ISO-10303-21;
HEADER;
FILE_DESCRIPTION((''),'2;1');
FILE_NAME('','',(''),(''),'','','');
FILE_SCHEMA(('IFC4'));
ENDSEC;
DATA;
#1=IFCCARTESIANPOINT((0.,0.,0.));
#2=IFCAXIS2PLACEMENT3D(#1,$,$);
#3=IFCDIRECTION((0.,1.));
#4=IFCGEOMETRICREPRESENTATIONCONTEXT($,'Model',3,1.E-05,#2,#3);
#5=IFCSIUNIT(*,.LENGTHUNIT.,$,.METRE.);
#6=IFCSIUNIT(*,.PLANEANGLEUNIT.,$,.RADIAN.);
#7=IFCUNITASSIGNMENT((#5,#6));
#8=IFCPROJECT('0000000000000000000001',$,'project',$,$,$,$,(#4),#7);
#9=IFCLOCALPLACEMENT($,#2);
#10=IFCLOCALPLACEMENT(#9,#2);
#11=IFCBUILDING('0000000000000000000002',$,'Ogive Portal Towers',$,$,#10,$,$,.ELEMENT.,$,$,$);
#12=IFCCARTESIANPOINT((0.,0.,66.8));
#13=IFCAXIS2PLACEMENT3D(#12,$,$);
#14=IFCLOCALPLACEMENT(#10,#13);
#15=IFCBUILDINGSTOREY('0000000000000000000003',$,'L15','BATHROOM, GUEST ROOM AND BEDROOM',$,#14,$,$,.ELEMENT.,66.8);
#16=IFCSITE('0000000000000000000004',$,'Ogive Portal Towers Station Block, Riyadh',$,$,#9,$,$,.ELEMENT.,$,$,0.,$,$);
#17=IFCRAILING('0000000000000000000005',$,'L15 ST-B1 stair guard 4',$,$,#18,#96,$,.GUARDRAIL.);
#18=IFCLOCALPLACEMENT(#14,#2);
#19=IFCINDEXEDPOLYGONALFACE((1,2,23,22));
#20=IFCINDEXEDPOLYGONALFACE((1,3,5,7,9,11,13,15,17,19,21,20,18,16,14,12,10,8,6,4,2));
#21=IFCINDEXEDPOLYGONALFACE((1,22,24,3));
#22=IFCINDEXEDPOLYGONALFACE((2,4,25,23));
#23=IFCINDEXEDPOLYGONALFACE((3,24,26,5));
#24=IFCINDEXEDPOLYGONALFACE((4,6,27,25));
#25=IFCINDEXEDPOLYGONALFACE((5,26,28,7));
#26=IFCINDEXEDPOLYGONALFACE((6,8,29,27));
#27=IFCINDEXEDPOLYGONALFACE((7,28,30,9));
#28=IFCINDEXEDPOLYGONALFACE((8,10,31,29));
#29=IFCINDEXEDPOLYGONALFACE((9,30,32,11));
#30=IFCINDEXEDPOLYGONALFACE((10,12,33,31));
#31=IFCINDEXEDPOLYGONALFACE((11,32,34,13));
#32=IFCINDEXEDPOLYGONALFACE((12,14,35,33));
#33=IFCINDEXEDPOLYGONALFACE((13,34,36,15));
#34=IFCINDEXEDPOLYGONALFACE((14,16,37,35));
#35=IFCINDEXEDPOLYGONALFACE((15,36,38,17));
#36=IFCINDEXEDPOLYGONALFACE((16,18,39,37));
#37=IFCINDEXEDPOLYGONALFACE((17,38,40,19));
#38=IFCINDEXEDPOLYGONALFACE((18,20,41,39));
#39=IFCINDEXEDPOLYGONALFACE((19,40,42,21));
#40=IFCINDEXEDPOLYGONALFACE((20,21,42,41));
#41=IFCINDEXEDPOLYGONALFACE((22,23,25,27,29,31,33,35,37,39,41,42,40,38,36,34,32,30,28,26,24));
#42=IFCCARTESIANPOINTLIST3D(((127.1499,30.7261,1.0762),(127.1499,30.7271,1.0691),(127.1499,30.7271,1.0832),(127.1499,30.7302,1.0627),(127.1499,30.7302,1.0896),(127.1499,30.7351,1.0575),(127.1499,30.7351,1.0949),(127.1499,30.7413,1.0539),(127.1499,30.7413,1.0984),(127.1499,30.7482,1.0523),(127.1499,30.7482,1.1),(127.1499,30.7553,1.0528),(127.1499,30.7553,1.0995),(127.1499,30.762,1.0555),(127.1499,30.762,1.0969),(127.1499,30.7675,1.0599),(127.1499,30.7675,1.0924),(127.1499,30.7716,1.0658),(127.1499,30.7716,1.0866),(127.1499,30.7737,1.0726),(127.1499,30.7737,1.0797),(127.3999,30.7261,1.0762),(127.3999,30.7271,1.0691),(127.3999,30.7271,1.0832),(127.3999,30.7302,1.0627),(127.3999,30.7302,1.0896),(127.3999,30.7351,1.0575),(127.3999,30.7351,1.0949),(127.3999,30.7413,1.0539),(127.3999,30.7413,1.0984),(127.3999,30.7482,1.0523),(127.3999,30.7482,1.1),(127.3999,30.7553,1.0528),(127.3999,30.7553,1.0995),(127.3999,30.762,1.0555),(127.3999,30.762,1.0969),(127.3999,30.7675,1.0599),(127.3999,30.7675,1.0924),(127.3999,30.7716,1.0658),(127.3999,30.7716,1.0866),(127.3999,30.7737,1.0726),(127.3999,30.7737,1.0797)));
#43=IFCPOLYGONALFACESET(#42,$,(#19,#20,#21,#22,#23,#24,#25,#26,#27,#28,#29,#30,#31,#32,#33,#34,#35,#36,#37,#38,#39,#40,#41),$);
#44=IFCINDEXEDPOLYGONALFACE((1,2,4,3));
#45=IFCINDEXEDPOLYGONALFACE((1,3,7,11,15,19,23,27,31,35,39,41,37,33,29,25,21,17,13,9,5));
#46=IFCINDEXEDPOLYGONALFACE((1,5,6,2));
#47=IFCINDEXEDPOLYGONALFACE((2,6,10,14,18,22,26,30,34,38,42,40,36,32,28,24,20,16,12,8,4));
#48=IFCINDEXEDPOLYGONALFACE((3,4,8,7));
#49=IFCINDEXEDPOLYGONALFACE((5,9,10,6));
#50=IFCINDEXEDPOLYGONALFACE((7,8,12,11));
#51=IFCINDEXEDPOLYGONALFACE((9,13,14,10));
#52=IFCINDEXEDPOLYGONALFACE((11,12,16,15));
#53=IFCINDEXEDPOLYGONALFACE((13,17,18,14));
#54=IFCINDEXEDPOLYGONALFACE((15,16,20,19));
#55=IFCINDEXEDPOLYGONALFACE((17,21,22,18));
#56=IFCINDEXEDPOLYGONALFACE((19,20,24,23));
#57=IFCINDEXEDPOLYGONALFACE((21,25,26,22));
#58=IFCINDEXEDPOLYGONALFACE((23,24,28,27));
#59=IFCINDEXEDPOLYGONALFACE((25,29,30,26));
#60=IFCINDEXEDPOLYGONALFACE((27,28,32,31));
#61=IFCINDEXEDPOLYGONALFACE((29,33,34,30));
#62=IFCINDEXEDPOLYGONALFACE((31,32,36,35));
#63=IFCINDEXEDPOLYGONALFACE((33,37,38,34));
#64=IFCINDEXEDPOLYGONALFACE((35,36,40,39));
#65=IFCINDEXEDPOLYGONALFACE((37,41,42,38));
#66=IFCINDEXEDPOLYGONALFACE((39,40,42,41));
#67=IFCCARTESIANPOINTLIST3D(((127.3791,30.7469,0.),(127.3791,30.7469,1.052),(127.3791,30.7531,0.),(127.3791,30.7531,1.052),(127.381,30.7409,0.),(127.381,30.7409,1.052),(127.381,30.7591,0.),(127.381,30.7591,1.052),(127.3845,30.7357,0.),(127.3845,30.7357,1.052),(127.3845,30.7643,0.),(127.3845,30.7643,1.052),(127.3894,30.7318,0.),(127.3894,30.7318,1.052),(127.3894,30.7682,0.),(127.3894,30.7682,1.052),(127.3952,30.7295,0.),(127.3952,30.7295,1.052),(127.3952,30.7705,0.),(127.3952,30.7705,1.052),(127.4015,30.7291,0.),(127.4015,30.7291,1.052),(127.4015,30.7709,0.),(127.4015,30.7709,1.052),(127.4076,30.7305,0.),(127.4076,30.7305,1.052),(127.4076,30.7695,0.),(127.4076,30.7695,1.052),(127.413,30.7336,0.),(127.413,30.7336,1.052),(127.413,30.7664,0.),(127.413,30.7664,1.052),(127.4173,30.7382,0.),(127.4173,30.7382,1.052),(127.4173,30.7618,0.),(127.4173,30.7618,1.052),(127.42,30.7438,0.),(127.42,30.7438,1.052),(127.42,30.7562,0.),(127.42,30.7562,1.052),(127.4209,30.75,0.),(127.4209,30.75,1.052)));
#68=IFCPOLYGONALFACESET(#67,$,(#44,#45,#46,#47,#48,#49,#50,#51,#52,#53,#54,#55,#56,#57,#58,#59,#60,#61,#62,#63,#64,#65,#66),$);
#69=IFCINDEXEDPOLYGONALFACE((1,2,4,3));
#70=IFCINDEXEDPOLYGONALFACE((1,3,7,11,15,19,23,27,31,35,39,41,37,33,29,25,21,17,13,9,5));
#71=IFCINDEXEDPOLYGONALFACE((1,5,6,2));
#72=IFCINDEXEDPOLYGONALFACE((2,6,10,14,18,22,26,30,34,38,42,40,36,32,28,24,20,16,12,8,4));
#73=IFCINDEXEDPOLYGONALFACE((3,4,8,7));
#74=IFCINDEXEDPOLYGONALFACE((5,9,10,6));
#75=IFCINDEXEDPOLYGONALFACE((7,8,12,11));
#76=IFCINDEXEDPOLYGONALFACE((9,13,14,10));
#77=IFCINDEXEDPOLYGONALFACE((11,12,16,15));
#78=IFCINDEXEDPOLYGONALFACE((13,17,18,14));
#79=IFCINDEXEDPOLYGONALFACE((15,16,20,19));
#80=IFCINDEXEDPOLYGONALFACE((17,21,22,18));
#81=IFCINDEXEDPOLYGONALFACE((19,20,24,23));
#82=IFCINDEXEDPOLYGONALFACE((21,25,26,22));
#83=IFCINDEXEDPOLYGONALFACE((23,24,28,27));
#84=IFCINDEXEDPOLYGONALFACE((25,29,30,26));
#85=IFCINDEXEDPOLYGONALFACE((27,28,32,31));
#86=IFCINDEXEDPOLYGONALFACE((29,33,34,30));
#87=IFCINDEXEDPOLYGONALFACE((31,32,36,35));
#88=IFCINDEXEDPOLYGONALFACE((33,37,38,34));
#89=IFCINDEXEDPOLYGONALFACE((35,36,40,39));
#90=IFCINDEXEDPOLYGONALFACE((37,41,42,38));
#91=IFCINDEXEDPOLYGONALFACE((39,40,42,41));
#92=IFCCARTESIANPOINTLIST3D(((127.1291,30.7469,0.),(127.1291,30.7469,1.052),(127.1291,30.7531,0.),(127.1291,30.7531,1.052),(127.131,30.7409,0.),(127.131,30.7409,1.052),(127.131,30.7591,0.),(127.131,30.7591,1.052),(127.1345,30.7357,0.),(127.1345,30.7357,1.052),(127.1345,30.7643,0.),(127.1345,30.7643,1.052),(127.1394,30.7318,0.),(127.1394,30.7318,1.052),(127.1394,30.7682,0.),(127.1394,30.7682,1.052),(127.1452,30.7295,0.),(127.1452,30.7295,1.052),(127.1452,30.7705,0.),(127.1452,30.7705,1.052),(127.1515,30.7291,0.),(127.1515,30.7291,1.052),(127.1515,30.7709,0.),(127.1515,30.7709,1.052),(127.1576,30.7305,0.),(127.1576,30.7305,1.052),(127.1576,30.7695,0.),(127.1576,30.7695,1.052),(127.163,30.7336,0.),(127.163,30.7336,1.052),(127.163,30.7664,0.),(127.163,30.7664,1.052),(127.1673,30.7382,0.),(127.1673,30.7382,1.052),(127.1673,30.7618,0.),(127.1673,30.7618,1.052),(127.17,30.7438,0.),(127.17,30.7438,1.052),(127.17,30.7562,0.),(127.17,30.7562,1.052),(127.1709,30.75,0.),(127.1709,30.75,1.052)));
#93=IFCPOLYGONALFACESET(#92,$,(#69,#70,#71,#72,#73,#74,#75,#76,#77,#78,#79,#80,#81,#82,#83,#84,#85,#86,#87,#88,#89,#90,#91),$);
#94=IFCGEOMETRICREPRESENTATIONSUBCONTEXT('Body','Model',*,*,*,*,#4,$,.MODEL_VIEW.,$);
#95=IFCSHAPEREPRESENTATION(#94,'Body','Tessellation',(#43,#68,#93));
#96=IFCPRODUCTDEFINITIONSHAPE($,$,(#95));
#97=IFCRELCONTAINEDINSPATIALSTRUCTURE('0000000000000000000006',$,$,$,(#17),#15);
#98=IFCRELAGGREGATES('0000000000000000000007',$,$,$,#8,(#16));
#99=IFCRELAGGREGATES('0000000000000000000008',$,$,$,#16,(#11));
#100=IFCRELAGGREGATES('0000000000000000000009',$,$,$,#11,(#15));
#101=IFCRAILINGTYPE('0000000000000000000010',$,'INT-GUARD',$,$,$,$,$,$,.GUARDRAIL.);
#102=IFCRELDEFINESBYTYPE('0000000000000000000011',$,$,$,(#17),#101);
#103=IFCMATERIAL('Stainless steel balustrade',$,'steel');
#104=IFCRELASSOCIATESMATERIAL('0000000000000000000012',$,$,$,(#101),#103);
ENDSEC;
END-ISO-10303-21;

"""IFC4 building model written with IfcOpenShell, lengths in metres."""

from ifc_helpers import new_model, si_unit, direction, frame, origin, origin_2d, place, context, subcontext, project, spatial, circle, extrude, material, type_object, element, save


model = new_model("IFC4")

# Units and contexts
model_context = context("Model", 3, precision=1e-05, world=origin(), true_north=direction((0.0, 1.0)))
body_context = subcontext(model_context, "Body", "Model", "MODEL_VIEW")
ifc_project = project(units=[si_unit("LENGTHUNIT", "METRE"), si_unit("PLANEANGLEUNIT", "RADIAN")], contexts=[model_context])

# Site, building, storey
site_placement = place(None, origin())
site = spatial("IfcSite", under=ifc_project, at=site_placement, Name="Ogive Portal Towers Station Block, Riyadh", CompositionType="ELEMENT", RefElevation=0.0)
building_placement = place(site_placement, origin())
building = spatial("IfcBuilding", under=site, at=building_placement, Name="Ogive Portal Towers", CompositionType="ELEMENT")
storey_placement = place(building_placement, frame((0.0, 0.0, 66.8)))
storey = spatial("IfcBuildingStorey", under=building, at=storey_placement, Name="L15", Description="BATHROOM, GUEST ROOM AND BEDROOM", CompositionType="ELEMENT", Elevation=66.8)

# Railing
ifc_material_1 = material(Name="Stainless steel balustrade", Category="steel")
railing_type = type_object("IfcRailingType", Name="INT-GUARD", PredefinedType="GUARDRAIL", material=ifc_material_1)
railing_placement = place(storey_placement, frame((127.3999, 30.75, 0.0)))
element("IfcRailing", 1, at=railing_placement, inside=storey, type_object=railing_type, Name="L15 ST-B1 stair guard 4", PredefinedType="GUARDRAIL", context=body_context, shape_type="SweptSolid", body=[
    extrude(circle(Radius=0.0239, at=origin_2d()), frame((0.0, 0.0, 1.0762), z_axis=(-1.0, 0.0, 0.0), x_axis=(0.0, -1.0, 0.0)), (0.0, 0.0, 1.0), 0.25),
    extrude(circle(Radius=0.021, at=origin_2d()), origin(), (0.0, 0.0, 1.0), 1.052),
    extrude(circle(Radius=0.021, at=origin_2d()), frame((-0.25, 0.0, 0.0)), (0.0, 0.0, 1.0), 1.052),
])

save(model, "model.ifc")
